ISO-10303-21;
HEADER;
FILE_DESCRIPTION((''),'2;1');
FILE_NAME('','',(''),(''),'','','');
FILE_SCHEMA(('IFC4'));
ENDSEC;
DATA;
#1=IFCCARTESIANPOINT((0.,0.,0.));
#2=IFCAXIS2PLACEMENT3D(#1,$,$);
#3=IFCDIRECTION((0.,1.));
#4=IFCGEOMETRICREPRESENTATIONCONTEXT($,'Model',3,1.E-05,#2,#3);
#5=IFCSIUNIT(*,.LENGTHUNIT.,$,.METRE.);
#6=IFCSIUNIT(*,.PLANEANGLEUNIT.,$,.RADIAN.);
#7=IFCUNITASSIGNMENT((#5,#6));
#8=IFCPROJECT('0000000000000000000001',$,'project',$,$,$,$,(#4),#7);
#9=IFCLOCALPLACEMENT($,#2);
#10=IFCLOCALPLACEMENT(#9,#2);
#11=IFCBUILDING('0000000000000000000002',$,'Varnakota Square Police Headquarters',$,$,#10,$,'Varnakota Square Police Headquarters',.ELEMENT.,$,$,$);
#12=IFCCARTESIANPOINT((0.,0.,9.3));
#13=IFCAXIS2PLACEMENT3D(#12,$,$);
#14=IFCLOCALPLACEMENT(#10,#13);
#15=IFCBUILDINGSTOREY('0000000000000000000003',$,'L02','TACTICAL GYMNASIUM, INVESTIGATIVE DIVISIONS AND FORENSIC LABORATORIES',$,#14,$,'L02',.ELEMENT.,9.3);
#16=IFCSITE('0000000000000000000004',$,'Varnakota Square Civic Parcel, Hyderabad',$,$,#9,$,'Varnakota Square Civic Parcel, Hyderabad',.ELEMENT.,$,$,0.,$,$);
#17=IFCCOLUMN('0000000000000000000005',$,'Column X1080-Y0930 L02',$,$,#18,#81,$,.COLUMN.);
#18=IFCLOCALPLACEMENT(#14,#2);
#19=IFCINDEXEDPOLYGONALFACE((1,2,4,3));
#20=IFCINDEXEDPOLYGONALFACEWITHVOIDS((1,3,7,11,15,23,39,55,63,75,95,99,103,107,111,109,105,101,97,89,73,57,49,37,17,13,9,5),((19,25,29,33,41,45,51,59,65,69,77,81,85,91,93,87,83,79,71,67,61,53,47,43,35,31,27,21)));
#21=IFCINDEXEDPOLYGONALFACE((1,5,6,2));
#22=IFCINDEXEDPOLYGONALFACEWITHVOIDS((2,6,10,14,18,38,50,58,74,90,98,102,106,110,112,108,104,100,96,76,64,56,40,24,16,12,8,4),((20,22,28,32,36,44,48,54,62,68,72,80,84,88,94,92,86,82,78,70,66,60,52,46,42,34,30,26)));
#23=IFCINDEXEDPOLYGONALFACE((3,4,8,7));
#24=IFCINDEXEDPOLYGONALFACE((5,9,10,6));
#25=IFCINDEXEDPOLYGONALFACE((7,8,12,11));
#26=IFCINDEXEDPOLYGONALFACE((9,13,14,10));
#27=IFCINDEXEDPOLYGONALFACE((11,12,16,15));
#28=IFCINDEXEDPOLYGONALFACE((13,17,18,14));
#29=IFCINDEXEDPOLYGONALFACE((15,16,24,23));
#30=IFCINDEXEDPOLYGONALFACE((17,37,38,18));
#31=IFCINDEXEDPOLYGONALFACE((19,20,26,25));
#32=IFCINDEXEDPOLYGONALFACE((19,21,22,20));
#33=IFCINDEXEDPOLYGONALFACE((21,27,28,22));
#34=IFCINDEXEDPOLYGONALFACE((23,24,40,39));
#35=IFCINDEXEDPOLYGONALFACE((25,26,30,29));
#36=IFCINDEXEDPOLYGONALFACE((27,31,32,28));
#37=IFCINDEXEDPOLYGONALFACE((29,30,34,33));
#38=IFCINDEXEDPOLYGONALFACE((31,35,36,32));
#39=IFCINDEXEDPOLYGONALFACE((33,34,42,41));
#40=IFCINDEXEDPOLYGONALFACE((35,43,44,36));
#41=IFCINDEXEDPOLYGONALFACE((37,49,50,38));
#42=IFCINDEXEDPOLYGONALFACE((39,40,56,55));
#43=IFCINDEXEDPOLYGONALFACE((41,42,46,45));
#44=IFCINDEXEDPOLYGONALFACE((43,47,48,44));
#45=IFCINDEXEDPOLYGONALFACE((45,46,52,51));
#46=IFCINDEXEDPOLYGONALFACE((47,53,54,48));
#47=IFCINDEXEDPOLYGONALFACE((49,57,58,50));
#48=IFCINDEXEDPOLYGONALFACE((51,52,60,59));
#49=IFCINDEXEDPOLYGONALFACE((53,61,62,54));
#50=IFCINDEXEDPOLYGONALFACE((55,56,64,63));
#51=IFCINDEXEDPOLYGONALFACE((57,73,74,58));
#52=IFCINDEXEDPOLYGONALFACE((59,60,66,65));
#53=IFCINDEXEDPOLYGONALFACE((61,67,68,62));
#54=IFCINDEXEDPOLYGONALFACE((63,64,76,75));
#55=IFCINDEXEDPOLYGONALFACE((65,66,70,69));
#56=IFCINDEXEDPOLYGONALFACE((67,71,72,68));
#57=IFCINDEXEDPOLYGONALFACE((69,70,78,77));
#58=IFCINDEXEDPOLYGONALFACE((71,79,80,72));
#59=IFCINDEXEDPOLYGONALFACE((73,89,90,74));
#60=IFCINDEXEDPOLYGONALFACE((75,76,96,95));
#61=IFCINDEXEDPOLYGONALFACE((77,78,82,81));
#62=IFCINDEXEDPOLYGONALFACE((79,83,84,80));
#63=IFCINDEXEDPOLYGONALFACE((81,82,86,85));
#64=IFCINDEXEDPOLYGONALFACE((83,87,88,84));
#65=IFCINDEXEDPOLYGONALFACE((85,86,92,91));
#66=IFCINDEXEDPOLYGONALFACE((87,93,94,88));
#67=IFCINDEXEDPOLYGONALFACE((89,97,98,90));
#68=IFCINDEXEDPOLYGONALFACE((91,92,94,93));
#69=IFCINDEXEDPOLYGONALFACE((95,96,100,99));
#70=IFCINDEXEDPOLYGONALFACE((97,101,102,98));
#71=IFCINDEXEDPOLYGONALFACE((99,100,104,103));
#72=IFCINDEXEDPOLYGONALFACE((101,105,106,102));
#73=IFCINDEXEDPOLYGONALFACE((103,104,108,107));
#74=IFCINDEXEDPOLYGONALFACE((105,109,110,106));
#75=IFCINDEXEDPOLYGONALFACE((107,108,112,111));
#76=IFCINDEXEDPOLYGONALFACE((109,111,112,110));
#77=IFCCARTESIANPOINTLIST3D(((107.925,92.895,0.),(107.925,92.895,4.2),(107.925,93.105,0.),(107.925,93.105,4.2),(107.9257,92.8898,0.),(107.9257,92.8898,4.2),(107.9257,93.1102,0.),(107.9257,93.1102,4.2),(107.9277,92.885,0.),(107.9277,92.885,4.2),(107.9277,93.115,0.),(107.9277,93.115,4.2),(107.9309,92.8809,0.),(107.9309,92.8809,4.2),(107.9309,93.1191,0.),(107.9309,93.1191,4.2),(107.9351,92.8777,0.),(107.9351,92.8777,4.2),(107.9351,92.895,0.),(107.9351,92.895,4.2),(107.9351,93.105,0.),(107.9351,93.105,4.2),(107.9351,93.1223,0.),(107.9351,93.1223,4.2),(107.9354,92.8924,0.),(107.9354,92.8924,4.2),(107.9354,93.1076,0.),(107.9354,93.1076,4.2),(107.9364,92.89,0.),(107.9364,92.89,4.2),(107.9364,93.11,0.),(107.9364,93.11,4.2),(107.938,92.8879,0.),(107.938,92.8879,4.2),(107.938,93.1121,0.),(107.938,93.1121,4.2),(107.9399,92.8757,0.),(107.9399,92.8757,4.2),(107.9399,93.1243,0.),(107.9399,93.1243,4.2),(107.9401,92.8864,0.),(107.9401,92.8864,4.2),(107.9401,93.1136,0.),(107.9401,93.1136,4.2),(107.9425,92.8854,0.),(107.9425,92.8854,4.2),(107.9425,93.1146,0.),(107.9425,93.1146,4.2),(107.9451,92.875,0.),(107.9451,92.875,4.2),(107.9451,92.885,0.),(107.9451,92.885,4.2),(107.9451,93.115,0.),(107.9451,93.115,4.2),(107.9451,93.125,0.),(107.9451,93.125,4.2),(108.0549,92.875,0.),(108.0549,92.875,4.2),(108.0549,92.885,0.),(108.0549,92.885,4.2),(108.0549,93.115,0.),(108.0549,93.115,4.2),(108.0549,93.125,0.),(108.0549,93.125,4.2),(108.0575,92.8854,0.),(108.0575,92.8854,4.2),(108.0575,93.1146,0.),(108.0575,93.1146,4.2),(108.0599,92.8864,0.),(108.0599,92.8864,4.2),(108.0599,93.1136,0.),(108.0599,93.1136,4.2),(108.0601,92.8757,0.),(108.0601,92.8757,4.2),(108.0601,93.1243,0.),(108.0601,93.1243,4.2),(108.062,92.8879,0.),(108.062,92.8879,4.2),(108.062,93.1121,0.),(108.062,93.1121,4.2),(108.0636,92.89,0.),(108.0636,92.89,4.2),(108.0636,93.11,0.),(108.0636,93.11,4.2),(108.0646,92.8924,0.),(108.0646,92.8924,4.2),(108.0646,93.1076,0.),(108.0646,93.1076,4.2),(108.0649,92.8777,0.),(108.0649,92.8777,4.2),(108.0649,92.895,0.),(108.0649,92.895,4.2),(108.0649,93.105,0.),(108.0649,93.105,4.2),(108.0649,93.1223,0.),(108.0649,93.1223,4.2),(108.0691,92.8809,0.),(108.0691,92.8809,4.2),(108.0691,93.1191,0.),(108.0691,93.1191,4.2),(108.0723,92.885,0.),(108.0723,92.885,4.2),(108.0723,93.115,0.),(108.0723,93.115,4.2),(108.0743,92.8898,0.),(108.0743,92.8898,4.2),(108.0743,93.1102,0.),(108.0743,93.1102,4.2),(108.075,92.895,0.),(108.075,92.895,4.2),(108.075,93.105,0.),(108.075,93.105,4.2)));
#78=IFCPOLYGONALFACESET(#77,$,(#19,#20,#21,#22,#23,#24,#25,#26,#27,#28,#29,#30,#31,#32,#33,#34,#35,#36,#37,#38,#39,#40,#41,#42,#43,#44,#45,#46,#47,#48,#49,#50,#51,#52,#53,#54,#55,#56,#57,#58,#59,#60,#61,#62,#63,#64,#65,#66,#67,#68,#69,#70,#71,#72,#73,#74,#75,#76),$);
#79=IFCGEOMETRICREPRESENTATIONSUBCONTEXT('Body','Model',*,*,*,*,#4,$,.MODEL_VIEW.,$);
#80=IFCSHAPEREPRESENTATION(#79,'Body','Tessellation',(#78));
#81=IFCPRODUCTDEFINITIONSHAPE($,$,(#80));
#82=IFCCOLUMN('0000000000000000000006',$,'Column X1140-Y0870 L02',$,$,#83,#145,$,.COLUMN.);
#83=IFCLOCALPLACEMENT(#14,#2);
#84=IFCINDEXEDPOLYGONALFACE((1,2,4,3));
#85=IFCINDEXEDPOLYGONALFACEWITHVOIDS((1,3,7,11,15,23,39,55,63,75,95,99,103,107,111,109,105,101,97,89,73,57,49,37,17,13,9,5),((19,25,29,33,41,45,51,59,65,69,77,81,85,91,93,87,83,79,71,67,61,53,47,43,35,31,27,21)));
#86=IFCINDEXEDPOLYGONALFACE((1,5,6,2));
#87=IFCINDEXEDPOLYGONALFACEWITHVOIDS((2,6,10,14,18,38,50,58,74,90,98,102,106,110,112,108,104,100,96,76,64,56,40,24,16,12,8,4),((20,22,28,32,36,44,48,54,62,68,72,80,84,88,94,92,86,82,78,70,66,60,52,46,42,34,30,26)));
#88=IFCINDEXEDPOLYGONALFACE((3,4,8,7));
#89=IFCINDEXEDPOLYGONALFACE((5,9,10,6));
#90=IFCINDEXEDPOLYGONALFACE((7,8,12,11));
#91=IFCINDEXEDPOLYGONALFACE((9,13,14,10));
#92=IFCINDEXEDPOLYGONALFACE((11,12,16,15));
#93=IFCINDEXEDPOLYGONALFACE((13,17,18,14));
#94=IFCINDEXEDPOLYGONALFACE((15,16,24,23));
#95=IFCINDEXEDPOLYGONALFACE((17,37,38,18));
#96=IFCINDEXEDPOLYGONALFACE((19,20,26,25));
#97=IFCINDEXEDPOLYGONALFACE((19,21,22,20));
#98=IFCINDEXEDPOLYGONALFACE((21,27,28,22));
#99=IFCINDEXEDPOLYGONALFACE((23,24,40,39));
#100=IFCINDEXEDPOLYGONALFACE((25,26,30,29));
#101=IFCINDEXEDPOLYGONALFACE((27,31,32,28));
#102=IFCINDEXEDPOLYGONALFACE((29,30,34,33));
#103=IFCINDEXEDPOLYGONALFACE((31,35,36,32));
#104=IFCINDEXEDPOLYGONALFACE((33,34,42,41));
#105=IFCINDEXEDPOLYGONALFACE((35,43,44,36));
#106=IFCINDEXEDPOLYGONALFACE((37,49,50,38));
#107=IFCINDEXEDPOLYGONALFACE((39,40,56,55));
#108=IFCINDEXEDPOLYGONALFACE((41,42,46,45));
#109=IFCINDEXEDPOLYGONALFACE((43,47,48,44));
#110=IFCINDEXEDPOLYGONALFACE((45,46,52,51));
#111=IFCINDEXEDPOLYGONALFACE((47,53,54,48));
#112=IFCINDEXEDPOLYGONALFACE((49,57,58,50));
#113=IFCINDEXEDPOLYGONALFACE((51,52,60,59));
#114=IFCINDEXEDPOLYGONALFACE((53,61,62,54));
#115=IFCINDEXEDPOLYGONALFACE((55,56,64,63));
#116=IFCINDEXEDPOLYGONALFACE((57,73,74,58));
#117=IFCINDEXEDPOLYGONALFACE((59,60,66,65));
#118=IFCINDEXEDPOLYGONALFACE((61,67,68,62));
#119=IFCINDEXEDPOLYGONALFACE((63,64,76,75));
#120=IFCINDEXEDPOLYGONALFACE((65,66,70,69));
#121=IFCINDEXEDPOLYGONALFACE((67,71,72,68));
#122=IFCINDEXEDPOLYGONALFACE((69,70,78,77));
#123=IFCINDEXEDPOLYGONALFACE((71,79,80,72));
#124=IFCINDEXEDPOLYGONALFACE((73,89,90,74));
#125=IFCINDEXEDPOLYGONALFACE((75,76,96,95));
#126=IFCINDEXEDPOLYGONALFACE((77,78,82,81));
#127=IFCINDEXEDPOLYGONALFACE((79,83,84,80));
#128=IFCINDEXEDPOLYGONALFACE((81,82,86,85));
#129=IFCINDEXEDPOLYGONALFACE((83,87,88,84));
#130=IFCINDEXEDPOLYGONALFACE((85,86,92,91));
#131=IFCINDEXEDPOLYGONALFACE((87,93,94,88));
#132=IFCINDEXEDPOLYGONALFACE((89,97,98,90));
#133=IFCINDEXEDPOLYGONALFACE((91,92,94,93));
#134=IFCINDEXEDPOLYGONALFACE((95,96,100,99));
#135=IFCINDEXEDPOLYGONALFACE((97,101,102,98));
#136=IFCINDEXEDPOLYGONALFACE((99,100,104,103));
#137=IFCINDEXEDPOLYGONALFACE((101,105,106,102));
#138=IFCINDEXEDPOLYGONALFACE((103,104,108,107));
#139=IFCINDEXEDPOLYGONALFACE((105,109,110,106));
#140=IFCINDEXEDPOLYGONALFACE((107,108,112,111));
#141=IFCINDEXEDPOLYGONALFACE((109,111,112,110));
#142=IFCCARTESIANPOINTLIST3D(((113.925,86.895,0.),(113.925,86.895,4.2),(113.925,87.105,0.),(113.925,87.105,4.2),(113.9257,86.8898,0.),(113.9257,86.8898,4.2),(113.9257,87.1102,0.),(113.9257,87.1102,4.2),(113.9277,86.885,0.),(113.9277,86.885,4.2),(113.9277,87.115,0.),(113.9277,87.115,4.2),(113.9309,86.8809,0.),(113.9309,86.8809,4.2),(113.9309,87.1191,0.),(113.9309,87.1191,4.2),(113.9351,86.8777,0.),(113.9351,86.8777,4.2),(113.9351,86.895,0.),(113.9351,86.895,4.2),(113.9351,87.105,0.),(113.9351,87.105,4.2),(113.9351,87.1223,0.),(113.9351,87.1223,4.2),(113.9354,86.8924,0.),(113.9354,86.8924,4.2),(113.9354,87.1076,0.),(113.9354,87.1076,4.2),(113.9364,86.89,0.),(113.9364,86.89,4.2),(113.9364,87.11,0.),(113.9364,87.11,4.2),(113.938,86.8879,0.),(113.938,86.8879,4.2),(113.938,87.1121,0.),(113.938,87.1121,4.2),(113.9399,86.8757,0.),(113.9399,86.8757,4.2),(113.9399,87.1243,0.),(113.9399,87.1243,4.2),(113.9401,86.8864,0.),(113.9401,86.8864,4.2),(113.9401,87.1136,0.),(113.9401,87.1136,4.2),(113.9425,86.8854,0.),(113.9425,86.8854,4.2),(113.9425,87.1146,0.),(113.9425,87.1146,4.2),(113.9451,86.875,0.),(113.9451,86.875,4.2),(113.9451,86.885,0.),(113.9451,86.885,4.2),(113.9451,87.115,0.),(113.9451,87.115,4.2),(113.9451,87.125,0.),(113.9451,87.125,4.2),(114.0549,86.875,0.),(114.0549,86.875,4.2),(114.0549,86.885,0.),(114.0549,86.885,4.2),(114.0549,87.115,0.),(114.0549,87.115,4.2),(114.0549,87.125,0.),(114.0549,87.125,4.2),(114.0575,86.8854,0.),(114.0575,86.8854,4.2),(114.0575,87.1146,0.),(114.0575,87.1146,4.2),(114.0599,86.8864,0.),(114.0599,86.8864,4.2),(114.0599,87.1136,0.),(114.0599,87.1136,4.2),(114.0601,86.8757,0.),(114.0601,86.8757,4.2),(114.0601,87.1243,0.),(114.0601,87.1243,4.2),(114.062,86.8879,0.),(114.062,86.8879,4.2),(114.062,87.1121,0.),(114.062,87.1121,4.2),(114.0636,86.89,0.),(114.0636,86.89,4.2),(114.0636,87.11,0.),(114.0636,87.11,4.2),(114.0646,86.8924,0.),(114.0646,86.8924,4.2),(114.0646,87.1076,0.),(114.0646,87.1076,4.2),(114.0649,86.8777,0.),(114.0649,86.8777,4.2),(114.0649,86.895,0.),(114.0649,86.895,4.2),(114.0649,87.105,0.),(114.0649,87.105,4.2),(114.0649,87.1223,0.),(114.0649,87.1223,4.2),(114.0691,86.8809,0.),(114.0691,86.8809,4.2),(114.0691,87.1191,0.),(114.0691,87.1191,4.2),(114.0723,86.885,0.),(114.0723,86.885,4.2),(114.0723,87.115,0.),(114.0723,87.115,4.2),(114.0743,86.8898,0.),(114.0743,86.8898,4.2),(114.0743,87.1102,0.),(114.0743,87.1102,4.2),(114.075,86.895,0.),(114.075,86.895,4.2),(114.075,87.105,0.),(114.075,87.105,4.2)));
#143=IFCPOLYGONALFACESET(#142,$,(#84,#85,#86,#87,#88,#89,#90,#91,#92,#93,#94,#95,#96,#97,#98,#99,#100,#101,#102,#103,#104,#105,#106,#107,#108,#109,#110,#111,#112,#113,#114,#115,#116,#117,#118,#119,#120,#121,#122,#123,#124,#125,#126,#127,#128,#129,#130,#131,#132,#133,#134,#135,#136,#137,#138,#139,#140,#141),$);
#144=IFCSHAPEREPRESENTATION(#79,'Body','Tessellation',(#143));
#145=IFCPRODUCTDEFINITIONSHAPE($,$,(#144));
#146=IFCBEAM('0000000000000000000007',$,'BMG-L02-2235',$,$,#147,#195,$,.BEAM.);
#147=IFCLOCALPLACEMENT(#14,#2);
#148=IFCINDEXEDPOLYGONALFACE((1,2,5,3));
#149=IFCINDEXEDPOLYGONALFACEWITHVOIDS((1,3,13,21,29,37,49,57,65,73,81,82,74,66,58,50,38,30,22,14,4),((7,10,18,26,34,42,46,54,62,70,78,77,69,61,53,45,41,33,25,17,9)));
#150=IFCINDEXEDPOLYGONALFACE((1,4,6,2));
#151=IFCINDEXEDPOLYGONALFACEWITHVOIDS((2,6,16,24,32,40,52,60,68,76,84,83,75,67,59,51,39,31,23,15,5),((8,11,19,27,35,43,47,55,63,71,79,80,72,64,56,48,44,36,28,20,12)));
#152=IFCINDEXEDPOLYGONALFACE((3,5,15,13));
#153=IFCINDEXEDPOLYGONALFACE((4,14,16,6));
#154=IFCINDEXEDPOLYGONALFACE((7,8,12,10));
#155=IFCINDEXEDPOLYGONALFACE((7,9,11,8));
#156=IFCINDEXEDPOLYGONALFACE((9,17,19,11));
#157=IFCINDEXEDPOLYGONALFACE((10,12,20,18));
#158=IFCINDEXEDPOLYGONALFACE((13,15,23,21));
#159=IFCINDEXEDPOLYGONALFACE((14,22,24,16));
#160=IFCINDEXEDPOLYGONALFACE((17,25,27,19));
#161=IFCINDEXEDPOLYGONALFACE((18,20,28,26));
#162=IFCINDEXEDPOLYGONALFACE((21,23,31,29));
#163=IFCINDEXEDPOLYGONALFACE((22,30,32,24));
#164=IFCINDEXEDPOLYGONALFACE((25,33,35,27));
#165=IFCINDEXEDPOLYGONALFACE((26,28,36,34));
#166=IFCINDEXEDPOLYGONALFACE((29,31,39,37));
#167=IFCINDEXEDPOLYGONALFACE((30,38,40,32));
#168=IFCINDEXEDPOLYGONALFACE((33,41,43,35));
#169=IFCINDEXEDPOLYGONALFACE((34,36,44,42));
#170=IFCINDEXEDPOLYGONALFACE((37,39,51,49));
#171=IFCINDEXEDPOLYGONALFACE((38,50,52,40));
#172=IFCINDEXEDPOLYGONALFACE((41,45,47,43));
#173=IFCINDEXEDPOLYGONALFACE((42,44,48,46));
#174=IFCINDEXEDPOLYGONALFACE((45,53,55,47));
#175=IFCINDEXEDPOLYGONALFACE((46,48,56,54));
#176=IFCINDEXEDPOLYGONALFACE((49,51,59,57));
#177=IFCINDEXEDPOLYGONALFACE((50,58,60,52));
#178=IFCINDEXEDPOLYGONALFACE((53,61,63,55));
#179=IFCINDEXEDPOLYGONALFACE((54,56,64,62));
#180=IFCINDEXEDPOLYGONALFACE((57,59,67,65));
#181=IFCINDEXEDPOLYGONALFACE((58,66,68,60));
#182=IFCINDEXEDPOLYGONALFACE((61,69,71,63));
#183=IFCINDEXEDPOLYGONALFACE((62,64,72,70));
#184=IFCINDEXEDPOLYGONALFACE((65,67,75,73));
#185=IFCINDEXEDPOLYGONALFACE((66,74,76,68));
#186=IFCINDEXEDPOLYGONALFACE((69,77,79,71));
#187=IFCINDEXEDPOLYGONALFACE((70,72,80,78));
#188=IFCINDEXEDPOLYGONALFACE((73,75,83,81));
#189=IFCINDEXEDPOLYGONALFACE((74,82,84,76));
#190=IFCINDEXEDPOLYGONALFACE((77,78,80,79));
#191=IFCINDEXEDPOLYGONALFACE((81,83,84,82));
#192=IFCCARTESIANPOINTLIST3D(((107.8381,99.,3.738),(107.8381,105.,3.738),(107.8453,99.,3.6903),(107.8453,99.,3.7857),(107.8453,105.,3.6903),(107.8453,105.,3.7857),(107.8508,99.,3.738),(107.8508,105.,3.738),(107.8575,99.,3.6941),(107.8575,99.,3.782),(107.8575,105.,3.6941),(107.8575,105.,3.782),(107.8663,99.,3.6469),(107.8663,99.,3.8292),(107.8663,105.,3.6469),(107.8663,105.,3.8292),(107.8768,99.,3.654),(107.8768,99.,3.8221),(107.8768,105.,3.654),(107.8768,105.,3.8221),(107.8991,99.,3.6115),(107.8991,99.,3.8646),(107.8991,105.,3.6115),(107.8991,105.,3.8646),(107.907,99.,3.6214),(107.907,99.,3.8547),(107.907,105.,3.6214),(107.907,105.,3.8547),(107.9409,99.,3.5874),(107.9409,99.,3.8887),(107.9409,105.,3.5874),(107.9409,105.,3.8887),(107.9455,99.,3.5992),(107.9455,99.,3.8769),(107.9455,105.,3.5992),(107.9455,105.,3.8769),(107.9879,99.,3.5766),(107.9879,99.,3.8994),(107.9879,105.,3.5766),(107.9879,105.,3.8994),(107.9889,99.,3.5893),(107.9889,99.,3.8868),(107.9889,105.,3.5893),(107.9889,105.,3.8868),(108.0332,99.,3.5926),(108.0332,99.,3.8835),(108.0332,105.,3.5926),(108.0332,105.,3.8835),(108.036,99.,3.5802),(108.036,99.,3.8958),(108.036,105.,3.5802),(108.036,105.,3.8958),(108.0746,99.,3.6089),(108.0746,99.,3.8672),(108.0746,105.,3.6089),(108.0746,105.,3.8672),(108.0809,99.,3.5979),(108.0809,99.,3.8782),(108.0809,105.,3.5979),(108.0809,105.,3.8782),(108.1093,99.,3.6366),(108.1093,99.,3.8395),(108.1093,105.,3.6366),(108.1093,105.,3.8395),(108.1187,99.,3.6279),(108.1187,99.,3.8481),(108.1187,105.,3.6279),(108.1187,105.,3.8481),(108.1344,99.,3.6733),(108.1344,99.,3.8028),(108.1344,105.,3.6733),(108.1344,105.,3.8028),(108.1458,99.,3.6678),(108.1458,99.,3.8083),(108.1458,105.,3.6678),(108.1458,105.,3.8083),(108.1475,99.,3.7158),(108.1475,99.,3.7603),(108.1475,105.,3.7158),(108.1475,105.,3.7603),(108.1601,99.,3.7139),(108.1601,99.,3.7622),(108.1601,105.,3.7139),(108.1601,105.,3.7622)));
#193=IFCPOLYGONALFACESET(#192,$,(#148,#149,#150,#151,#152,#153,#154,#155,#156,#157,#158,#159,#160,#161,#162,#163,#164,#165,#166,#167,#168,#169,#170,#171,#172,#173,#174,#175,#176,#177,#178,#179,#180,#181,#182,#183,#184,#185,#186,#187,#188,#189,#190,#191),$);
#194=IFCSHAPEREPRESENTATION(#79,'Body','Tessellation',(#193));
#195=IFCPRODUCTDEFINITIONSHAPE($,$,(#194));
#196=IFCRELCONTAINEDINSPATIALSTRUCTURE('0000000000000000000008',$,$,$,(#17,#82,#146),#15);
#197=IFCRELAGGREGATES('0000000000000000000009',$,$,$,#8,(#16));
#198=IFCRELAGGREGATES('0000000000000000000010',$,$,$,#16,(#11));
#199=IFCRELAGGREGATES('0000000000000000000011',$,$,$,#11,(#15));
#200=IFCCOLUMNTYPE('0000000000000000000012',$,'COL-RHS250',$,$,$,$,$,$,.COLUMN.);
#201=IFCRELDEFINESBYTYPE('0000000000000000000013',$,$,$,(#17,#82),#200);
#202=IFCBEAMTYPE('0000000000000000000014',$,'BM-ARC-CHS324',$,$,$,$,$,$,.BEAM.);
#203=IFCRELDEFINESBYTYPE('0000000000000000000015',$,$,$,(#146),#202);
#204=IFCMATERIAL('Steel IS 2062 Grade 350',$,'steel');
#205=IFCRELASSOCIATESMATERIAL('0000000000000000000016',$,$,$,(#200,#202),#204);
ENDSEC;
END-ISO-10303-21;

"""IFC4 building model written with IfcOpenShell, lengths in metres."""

from ifc_helpers import new_model, si_unit, direction, frame, origin, origin_2d, place, context, subcontext, project, spatial, hollow_rectangle, hollow_circle, extrude, material, material_profile, profile_set, type_object, element, save


model = new_model("IFC4")

# Units and contexts
model_context = context("Model", 3, precision=1e-05, world=origin(), true_north=direction((0.0, 1.0)))
body_context = subcontext(model_context, "Body", "Model", "MODEL_VIEW")
ifc_project = project(units=[si_unit("LENGTHUNIT", "METRE"), si_unit("PLANEANGLEUNIT", "RADIAN")], contexts=[model_context])

# Site, building, storey
site_placement = place(None, origin())
site = spatial("IfcSite", under=ifc_project, at=site_placement, Name="Varnakota Square Civic Parcel, Hyderabad", LongName="Varnakota Square Civic Parcel, Hyderabad", CompositionType="ELEMENT", RefElevation=0.0)
building_placement = place(site_placement, origin())
building = spatial("IfcBuilding", under=site, at=building_placement, Name="Varnakota Square Police Headquarters", LongName="Varnakota Square Police Headquarters", CompositionType="ELEMENT")
storey_placement = place(building_placement, frame((0.0, 0.0, 9.3)))
storey = spatial("IfcBuildingStorey", under=building, at=storey_placement, Name="L02", Description="TACTICAL GYMNASIUM, INVESTIGATIVE DIVISIONS AND FORENSIC LABORATORIES", LongName="L02", CompositionType="ELEMENT", Elevation=9.3)

# Columns
ifc_material_1 = material(Name="Steel IS 2062 Grade 350", Category="steel")
ifc_material_profile_1 = material_profile(ifc_material_1, hollow_rectangle(XDim=0.1499, YDim=0.25, WallThickness=0.01, InnerFilletRadius=0.01, OuterFilletRadius=0.02, at=origin_2d()), Name="RHS 250x150x10")
ifc_profile_set_1 = profile_set([ifc_material_profile_1], Name="Steel IS 2062 Grade 350")
column_type_1 = type_object("IfcColumnType", Name="COL-RHS250", PredefinedType="COLUMN", material=ifc_profile_set_1)
for number, where, z_axis, x_axis, name in (
    (1, (108.0, 93.0, 0.0), (0.0, 0.0, 1.0), (1.0, 0.0, 0.0), "Column X1080-Y0930 L02"),
    (2, (114.0, 87.0, 0.0), (0.0, 0.0, 1.0), (1.0, 0.0, 0.0), "Column X1140-Y0870 L02"),
):
    element("IfcColumn", number, at=place(storey_placement, frame(where, z_axis=z_axis, x_axis=x_axis)), inside=storey, type_object=column_type_1, Name=name, PredefinedType="COLUMN", context=body_context, shape_type="SweptSolid", body=[
        extrude(hollow_rectangle(XDim=0.1499, YDim=0.25, WallThickness=0.01, InnerFilletRadius=0.01, OuterFilletRadius=0.02, at=origin_2d()), origin(), (0.0, 0.0, 1.0), 4.2),
    ])

# Beam
ifc_material_profile_2 = material_profile(ifc_material_1, hollow_circle(Radius=0.1619, WallThickness=0.0127, at=origin_2d()), Name="CHS 323.9x12.7")
ifc_profile_set_2 = profile_set([ifc_material_profile_2], Name="Steel IS 2062 Grade 350")
beam_type_1 = type_object("IfcBeamType", Name="BM-ARC-CHS324", PredefinedType="BEAM", material=ifc_profile_set_2)
beam_1_placement = place(storey_placement, frame((108.0, 99.0, 3.738), z_axis=(0.0, 1.0, 0.0), x_axis=(-1.0, 0.0, 0.0)))
element("IfcBeam", 3, at=beam_1_placement, inside=storey, type_object=beam_type_1, Name="BMG-L02-2235", PredefinedType="BEAM", context=body_context, shape_type="SweptSolid", body=[
    extrude(hollow_circle(Radius=0.1619, WallThickness=0.0127, at=origin_2d()), origin(), (0.0, 0.0, 1.0), 6.0),
])

save(model, "model.ifc")
